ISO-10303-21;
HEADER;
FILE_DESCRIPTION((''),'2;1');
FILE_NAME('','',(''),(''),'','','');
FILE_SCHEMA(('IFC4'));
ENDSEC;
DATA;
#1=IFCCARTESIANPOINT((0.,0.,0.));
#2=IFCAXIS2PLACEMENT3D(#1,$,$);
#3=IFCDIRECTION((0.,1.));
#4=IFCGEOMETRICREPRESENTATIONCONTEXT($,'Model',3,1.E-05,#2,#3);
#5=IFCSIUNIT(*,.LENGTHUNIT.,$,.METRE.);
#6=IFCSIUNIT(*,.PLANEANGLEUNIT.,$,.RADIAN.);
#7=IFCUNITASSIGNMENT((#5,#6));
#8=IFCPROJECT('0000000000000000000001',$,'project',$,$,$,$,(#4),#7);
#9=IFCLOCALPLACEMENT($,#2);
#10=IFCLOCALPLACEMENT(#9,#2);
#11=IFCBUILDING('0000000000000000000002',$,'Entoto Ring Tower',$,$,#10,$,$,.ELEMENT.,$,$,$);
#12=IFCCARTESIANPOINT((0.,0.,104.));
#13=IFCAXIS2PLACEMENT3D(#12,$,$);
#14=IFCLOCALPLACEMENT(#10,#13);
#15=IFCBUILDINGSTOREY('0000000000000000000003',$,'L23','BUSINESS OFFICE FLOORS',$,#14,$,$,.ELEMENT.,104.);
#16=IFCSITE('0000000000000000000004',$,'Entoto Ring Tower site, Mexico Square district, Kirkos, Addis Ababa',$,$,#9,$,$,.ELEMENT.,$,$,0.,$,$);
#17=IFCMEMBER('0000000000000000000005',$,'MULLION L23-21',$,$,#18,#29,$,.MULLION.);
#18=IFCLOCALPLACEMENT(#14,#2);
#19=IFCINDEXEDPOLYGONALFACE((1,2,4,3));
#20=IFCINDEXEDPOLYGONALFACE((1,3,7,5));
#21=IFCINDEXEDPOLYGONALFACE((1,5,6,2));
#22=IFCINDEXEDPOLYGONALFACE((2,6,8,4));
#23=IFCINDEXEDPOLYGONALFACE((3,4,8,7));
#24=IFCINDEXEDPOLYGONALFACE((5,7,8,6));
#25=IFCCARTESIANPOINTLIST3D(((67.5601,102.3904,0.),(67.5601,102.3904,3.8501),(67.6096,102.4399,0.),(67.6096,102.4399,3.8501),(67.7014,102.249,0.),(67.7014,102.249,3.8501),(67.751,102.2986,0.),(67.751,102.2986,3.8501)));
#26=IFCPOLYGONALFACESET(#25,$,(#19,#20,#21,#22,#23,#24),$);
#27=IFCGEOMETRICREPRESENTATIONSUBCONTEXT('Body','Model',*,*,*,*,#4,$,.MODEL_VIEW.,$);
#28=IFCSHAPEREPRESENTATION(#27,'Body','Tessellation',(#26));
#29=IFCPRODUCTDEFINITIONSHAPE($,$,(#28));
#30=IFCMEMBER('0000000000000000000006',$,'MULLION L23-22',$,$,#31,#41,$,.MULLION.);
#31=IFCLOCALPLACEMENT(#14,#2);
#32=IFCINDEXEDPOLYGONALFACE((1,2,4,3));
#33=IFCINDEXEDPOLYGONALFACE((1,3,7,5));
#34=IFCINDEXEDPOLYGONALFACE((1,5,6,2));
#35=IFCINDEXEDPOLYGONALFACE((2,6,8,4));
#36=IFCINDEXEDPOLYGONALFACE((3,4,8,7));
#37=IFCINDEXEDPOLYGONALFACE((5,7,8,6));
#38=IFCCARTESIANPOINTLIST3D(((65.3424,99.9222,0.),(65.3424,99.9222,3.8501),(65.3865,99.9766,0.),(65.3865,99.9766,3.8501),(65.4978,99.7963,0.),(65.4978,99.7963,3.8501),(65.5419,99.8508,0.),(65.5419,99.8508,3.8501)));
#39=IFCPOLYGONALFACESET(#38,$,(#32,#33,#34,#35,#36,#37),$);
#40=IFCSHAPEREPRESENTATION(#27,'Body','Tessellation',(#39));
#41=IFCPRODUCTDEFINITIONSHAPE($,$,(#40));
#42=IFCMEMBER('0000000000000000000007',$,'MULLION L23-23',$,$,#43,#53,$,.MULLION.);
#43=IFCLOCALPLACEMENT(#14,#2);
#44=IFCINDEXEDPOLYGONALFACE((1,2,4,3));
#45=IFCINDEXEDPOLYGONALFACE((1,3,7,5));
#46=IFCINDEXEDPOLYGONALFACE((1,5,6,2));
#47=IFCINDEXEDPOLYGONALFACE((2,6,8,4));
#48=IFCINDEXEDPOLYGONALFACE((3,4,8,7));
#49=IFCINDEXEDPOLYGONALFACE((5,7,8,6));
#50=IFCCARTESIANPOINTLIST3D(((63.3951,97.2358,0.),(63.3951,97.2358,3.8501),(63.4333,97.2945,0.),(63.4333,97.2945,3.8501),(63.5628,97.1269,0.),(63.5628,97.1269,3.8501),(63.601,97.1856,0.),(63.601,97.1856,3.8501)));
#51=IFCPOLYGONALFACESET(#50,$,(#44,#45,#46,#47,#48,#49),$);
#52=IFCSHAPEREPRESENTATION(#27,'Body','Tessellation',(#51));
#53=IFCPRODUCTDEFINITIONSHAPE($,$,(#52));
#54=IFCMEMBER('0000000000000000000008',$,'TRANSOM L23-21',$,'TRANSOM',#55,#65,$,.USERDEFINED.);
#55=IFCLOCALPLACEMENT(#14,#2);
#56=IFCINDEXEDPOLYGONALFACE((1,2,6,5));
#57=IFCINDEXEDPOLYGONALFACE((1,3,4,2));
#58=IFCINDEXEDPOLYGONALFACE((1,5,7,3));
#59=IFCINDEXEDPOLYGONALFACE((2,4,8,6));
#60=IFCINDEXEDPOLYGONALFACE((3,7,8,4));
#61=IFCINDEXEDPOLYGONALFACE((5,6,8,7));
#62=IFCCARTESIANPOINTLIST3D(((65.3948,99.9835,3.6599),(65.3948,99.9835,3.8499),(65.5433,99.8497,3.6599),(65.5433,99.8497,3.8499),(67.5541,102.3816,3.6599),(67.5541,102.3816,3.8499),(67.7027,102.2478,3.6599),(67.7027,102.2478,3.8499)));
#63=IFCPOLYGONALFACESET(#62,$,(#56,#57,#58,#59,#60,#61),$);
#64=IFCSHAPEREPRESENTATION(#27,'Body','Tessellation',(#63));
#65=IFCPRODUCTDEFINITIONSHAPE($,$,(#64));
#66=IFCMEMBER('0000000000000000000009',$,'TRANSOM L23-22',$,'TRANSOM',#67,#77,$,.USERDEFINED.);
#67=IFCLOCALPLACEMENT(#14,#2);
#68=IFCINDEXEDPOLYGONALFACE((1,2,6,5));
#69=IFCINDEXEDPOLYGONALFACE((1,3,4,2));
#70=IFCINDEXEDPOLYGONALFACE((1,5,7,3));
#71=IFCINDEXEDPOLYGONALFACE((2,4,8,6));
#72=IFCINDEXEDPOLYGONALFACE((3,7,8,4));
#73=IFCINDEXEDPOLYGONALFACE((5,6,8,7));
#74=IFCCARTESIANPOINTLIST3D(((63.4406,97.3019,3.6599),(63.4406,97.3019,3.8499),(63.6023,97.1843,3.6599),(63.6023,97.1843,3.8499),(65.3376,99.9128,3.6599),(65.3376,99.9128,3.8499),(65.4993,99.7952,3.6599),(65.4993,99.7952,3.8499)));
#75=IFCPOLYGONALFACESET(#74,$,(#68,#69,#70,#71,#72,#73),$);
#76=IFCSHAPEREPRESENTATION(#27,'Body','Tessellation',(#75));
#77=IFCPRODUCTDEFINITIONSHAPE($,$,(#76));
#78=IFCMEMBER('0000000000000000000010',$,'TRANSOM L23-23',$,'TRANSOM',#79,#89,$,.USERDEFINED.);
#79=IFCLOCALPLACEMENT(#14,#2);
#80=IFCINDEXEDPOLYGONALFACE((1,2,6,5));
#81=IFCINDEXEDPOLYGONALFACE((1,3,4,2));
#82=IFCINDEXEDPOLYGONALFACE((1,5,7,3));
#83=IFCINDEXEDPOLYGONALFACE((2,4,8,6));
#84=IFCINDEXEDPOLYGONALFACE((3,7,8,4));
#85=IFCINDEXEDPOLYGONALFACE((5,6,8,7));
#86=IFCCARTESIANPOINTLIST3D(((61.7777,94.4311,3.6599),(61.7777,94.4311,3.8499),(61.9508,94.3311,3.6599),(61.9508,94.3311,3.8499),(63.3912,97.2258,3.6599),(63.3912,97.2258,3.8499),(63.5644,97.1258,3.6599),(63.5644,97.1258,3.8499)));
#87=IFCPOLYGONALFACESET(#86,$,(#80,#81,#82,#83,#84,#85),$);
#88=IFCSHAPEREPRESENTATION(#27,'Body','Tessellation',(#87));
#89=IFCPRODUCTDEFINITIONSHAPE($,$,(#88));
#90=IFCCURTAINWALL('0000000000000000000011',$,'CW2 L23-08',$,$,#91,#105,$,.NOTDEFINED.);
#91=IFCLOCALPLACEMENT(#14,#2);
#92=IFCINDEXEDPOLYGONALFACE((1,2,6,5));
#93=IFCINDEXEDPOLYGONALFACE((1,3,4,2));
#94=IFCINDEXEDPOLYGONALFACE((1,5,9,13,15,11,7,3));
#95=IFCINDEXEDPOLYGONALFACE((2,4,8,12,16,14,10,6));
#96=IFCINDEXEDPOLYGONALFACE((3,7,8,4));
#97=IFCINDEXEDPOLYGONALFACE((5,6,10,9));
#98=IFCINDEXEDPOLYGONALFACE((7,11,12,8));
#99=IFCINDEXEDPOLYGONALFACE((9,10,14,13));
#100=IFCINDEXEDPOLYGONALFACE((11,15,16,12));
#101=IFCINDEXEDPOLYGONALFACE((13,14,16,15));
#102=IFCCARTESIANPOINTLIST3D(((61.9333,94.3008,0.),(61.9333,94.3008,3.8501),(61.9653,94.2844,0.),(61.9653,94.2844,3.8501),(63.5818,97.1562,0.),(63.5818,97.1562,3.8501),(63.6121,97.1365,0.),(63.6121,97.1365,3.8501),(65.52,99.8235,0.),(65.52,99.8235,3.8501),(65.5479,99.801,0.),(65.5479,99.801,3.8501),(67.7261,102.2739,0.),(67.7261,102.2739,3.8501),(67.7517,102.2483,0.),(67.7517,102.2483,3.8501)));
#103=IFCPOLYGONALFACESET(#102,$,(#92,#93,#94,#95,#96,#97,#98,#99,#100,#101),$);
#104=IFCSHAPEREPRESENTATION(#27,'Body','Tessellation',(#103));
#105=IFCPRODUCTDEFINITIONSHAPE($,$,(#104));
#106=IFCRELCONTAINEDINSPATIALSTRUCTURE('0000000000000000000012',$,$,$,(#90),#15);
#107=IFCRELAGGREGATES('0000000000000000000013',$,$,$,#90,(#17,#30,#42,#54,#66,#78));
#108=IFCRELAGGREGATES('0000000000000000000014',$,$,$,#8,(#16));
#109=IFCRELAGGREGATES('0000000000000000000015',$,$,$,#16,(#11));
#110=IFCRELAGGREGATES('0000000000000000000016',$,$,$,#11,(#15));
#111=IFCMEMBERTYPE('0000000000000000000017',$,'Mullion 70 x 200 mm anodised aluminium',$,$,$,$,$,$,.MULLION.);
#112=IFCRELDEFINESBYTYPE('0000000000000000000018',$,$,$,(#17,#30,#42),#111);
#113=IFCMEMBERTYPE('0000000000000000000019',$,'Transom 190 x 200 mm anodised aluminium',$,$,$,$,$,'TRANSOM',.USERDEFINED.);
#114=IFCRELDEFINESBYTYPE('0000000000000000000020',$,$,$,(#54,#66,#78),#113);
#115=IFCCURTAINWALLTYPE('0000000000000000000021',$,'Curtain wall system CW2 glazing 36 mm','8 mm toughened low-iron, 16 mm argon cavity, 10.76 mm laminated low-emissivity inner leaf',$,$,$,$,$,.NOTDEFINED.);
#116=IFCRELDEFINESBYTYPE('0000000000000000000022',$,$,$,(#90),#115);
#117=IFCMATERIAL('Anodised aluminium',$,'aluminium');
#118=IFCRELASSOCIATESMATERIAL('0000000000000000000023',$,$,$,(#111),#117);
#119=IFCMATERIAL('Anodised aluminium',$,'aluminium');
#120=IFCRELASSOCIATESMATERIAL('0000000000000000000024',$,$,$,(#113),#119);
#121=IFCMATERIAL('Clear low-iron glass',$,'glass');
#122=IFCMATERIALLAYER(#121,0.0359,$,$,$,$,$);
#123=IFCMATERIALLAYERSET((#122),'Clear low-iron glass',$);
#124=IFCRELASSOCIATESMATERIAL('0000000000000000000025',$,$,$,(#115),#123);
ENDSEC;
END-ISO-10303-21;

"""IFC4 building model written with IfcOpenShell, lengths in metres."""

from ifc_helpers import new_model, si_unit, direction, frame, origin, origin_2d, place, context, subcontext, project, spatial, polyline, rectangle, outline, extrude, material, layer, layer_set, material_profile, profile_set, type_object, element, aggregate, save


model = new_model("IFC4")

# Units and contexts
model_context = context("Model", 3, precision=1e-05, world=origin(), true_north=direction((0.0, 1.0)))
body_context = subcontext(model_context, "Body", "Model", "MODEL_VIEW")
ifc_project = project(units=[si_unit("LENGTHUNIT", "METRE"), si_unit("PLANEANGLEUNIT", "RADIAN")], contexts=[model_context])

# Members
ifc_material_1 = material(Name="Anodised aluminium", Category="aluminium")
ifc_material_profile_1 = material_profile(ifc_material_1, rectangle(XDim=0.0701, YDim=0.2, at=origin_2d()), Name="Mullion 70 x 200 mm anodised aluminium")
ifc_profile_set_1 = profile_set([ifc_material_profile_1], Name="Anodised aluminium")
member_type_1 = type_object("IfcMemberType", Name="Mullion 70 x 200 mm anodised aluminium", PredefinedType="MULLION", material=ifc_profile_set_1)
site_placement = place(None, origin())
building_placement = place(site_placement, origin())
storey_placement = place(building_placement, frame((0.0, 0.0, 104.0)))
member_1_placement = place(storey_placement, frame((67.6555, 102.3445, 0.0), z_axis=(0.0, 0.0, 1.0), x_axis=(-0.707107, -0.707107, 0.0)))
member_1 = element("IfcMember", 1, at=member_1_placement, type_object=member_type_1, Name="MULLION L23-21", PredefinedType="MULLION", context=body_context, shape_type="SweptSolid", body=[
    extrude(rectangle(XDim=0.0701, YDim=0.2, at=origin_2d()), origin(), (0.0, 0.0, 1.0), 3.8501),
])
member_2_placement = place(storey_placement, frame((65.4421, 99.8865, 0.0), z_axis=(0.0, 0.0, 1.0), x_axis=(-0.62932, -0.777146, 0.0)))
member_2 = element("IfcMember", 2, at=member_2_placement, type_object=member_type_1, Name="MULLION L23-22", PredefinedType="MULLION", context=body_context, shape_type="SweptSolid", body=[
    extrude(rectangle(XDim=0.0701, YDim=0.2, at=origin_2d()), origin(), (0.0, 0.0, 1.0), 3.8501),
])
member_3_placement = place(storey_placement, frame((63.498, 97.2107, 0.0), z_axis=(0.0, 0.0, 1.0), x_axis=(-0.544639, -0.838671, 0.0)))
member_3 = element("IfcMember", 3, at=member_3_placement, type_object=member_type_1, Name="MULLION L23-23", PredefinedType="MULLION", context=body_context, shape_type="SweptSolid", body=[
    extrude(rectangle(XDim=0.0701, YDim=0.2, at=origin_2d()), origin(), (0.0, 0.0, 1.0), 3.8501),
])
ifc_material_2 = material(Name="Anodised aluminium", Category="aluminium")
ifc_material_profile_2 = material_profile(ifc_material_2, rectangle(XDim=0.2, YDim=0.1899, at=origin_2d()), Name="Transom 190 x 200 mm anodised aluminium")
ifc_profile_set_2 = profile_set([ifc_material_profile_2], Name="Anodised aluminium")
member_type_2 = type_object("IfcMemberType", Name="Transom 190 x 200 mm anodised aluminium", ElementType="TRANSOM", PredefinedType="USERDEFINED", material=ifc_profile_set_2)
member_4_placement = place(storey_placement, frame((67.6284, 102.3147, 3.7549), z_axis=(-0.669144, -0.743132, 0.0), x_axis=(0.743132, -0.669144, 0.0)))
member_4 = element("IfcMember", 4, at=member_4_placement, type_object=member_type_2, Name="TRANSOM L23-21", ObjectType="TRANSOM", PredefinedType="USERDEFINED", context=body_context, shape_type="SweptSolid", body=[
    extrude(rectangle(XDim=0.2, YDim=0.1899, at=origin_2d()), origin(), (0.0, 0.0, 1.0), 3.2271),
])
member_5_placement = place(storey_placement, frame((65.4185, 99.854, 3.7549), z_axis=(-0.587803, -0.809004, 0.0), x_axis=(0.809004, -0.587803, 0.0)))
member_5 = element("IfcMember", 5, at=member_5_placement, type_object=member_type_2, Name="TRANSOM L23-22", ObjectType="TRANSOM", PredefinedType="USERDEFINED", context=body_context, shape_type="SweptSolid", body=[
    extrude(rectangle(XDim=0.2, YDim=0.1899, at=origin_2d()), origin(), (0.0, 0.0, 1.0), 3.2273),
])
member_6_placement = place(storey_placement, frame((63.4778, 97.1758, 3.7549), z_axis=(-0.500004, -0.866023, 0.0), x_axis=(0.866023, -0.500004, 0.0)))
member_6 = element("IfcMember", 6, at=member_6_placement, type_object=member_type_2, Name="TRANSOM L23-23", ObjectType="TRANSOM", PredefinedType="USERDEFINED", context=body_context, shape_type="SweptSolid", body=[
    extrude(rectangle(XDim=0.2, YDim=0.1899, at=origin_2d()), origin(), (0.0, 0.0, 1.0), 3.2271),
])

# Site, building, storey
site = spatial("IfcSite", under=ifc_project, at=site_placement, Name="Entoto Ring Tower site, Mexico Square district, Kirkos, Addis Ababa", CompositionType="ELEMENT", RefElevation=0.0)
building = spatial("IfcBuilding", under=site, at=building_placement, Name="Entoto Ring Tower", CompositionType="ELEMENT")
storey = spatial("IfcBuildingStorey", under=building, at=storey_placement, Name="L23", Description="BUSINESS OFFICE FLOORS", CompositionType="ELEMENT", Elevation=104.0)

# Curtain wall
ifc_material_3 = material(Name="Clear low-iron glass", Category="glass")
ifc_layer = layer(ifc_material_3, 0.0359)
ifc_layer_set = layer_set([ifc_layer], Name="Clear low-iron glass")
curtain_wall_type = type_object("IfcCurtainWallType", Name="Curtain wall system CW2 glazing 36 mm", Description="8 mm toughened low-iron, 16 mm argon cavity, 10.76 mm laminated low-emissivity inner leaf", PredefinedType="NOTDEFINED", material=ifc_layer_set)
curtain_wall_1_placement = place(storey_placement, origin())
curtain_wall_1 = element("IfcCurtainWall", 7, at=curtain_wall_1_placement, inside=storey, type_object=curtain_wall_type, Name="CW2 L23-08", PredefinedType="NOTDEFINED", context=body_context, shape_type="SweptSolid", body=[
    extrude(outline(polyline([(67.7261, 102.2739), (65.52, 99.8235), (63.5818, 97.1562), (61.9333, 94.3008), (61.9653, 94.2844), (63.6121, 97.1365), (65.5479, 99.801), (67.7517, 102.2483), (67.7261, 102.2739)])), origin(), (0.0, 0.0, 1.0), 3.8501),
])
aggregate(curtain_wall_1, [member_1, member_2, member_3, member_4, member_5, member_6])

save(model, "model.ifc")
